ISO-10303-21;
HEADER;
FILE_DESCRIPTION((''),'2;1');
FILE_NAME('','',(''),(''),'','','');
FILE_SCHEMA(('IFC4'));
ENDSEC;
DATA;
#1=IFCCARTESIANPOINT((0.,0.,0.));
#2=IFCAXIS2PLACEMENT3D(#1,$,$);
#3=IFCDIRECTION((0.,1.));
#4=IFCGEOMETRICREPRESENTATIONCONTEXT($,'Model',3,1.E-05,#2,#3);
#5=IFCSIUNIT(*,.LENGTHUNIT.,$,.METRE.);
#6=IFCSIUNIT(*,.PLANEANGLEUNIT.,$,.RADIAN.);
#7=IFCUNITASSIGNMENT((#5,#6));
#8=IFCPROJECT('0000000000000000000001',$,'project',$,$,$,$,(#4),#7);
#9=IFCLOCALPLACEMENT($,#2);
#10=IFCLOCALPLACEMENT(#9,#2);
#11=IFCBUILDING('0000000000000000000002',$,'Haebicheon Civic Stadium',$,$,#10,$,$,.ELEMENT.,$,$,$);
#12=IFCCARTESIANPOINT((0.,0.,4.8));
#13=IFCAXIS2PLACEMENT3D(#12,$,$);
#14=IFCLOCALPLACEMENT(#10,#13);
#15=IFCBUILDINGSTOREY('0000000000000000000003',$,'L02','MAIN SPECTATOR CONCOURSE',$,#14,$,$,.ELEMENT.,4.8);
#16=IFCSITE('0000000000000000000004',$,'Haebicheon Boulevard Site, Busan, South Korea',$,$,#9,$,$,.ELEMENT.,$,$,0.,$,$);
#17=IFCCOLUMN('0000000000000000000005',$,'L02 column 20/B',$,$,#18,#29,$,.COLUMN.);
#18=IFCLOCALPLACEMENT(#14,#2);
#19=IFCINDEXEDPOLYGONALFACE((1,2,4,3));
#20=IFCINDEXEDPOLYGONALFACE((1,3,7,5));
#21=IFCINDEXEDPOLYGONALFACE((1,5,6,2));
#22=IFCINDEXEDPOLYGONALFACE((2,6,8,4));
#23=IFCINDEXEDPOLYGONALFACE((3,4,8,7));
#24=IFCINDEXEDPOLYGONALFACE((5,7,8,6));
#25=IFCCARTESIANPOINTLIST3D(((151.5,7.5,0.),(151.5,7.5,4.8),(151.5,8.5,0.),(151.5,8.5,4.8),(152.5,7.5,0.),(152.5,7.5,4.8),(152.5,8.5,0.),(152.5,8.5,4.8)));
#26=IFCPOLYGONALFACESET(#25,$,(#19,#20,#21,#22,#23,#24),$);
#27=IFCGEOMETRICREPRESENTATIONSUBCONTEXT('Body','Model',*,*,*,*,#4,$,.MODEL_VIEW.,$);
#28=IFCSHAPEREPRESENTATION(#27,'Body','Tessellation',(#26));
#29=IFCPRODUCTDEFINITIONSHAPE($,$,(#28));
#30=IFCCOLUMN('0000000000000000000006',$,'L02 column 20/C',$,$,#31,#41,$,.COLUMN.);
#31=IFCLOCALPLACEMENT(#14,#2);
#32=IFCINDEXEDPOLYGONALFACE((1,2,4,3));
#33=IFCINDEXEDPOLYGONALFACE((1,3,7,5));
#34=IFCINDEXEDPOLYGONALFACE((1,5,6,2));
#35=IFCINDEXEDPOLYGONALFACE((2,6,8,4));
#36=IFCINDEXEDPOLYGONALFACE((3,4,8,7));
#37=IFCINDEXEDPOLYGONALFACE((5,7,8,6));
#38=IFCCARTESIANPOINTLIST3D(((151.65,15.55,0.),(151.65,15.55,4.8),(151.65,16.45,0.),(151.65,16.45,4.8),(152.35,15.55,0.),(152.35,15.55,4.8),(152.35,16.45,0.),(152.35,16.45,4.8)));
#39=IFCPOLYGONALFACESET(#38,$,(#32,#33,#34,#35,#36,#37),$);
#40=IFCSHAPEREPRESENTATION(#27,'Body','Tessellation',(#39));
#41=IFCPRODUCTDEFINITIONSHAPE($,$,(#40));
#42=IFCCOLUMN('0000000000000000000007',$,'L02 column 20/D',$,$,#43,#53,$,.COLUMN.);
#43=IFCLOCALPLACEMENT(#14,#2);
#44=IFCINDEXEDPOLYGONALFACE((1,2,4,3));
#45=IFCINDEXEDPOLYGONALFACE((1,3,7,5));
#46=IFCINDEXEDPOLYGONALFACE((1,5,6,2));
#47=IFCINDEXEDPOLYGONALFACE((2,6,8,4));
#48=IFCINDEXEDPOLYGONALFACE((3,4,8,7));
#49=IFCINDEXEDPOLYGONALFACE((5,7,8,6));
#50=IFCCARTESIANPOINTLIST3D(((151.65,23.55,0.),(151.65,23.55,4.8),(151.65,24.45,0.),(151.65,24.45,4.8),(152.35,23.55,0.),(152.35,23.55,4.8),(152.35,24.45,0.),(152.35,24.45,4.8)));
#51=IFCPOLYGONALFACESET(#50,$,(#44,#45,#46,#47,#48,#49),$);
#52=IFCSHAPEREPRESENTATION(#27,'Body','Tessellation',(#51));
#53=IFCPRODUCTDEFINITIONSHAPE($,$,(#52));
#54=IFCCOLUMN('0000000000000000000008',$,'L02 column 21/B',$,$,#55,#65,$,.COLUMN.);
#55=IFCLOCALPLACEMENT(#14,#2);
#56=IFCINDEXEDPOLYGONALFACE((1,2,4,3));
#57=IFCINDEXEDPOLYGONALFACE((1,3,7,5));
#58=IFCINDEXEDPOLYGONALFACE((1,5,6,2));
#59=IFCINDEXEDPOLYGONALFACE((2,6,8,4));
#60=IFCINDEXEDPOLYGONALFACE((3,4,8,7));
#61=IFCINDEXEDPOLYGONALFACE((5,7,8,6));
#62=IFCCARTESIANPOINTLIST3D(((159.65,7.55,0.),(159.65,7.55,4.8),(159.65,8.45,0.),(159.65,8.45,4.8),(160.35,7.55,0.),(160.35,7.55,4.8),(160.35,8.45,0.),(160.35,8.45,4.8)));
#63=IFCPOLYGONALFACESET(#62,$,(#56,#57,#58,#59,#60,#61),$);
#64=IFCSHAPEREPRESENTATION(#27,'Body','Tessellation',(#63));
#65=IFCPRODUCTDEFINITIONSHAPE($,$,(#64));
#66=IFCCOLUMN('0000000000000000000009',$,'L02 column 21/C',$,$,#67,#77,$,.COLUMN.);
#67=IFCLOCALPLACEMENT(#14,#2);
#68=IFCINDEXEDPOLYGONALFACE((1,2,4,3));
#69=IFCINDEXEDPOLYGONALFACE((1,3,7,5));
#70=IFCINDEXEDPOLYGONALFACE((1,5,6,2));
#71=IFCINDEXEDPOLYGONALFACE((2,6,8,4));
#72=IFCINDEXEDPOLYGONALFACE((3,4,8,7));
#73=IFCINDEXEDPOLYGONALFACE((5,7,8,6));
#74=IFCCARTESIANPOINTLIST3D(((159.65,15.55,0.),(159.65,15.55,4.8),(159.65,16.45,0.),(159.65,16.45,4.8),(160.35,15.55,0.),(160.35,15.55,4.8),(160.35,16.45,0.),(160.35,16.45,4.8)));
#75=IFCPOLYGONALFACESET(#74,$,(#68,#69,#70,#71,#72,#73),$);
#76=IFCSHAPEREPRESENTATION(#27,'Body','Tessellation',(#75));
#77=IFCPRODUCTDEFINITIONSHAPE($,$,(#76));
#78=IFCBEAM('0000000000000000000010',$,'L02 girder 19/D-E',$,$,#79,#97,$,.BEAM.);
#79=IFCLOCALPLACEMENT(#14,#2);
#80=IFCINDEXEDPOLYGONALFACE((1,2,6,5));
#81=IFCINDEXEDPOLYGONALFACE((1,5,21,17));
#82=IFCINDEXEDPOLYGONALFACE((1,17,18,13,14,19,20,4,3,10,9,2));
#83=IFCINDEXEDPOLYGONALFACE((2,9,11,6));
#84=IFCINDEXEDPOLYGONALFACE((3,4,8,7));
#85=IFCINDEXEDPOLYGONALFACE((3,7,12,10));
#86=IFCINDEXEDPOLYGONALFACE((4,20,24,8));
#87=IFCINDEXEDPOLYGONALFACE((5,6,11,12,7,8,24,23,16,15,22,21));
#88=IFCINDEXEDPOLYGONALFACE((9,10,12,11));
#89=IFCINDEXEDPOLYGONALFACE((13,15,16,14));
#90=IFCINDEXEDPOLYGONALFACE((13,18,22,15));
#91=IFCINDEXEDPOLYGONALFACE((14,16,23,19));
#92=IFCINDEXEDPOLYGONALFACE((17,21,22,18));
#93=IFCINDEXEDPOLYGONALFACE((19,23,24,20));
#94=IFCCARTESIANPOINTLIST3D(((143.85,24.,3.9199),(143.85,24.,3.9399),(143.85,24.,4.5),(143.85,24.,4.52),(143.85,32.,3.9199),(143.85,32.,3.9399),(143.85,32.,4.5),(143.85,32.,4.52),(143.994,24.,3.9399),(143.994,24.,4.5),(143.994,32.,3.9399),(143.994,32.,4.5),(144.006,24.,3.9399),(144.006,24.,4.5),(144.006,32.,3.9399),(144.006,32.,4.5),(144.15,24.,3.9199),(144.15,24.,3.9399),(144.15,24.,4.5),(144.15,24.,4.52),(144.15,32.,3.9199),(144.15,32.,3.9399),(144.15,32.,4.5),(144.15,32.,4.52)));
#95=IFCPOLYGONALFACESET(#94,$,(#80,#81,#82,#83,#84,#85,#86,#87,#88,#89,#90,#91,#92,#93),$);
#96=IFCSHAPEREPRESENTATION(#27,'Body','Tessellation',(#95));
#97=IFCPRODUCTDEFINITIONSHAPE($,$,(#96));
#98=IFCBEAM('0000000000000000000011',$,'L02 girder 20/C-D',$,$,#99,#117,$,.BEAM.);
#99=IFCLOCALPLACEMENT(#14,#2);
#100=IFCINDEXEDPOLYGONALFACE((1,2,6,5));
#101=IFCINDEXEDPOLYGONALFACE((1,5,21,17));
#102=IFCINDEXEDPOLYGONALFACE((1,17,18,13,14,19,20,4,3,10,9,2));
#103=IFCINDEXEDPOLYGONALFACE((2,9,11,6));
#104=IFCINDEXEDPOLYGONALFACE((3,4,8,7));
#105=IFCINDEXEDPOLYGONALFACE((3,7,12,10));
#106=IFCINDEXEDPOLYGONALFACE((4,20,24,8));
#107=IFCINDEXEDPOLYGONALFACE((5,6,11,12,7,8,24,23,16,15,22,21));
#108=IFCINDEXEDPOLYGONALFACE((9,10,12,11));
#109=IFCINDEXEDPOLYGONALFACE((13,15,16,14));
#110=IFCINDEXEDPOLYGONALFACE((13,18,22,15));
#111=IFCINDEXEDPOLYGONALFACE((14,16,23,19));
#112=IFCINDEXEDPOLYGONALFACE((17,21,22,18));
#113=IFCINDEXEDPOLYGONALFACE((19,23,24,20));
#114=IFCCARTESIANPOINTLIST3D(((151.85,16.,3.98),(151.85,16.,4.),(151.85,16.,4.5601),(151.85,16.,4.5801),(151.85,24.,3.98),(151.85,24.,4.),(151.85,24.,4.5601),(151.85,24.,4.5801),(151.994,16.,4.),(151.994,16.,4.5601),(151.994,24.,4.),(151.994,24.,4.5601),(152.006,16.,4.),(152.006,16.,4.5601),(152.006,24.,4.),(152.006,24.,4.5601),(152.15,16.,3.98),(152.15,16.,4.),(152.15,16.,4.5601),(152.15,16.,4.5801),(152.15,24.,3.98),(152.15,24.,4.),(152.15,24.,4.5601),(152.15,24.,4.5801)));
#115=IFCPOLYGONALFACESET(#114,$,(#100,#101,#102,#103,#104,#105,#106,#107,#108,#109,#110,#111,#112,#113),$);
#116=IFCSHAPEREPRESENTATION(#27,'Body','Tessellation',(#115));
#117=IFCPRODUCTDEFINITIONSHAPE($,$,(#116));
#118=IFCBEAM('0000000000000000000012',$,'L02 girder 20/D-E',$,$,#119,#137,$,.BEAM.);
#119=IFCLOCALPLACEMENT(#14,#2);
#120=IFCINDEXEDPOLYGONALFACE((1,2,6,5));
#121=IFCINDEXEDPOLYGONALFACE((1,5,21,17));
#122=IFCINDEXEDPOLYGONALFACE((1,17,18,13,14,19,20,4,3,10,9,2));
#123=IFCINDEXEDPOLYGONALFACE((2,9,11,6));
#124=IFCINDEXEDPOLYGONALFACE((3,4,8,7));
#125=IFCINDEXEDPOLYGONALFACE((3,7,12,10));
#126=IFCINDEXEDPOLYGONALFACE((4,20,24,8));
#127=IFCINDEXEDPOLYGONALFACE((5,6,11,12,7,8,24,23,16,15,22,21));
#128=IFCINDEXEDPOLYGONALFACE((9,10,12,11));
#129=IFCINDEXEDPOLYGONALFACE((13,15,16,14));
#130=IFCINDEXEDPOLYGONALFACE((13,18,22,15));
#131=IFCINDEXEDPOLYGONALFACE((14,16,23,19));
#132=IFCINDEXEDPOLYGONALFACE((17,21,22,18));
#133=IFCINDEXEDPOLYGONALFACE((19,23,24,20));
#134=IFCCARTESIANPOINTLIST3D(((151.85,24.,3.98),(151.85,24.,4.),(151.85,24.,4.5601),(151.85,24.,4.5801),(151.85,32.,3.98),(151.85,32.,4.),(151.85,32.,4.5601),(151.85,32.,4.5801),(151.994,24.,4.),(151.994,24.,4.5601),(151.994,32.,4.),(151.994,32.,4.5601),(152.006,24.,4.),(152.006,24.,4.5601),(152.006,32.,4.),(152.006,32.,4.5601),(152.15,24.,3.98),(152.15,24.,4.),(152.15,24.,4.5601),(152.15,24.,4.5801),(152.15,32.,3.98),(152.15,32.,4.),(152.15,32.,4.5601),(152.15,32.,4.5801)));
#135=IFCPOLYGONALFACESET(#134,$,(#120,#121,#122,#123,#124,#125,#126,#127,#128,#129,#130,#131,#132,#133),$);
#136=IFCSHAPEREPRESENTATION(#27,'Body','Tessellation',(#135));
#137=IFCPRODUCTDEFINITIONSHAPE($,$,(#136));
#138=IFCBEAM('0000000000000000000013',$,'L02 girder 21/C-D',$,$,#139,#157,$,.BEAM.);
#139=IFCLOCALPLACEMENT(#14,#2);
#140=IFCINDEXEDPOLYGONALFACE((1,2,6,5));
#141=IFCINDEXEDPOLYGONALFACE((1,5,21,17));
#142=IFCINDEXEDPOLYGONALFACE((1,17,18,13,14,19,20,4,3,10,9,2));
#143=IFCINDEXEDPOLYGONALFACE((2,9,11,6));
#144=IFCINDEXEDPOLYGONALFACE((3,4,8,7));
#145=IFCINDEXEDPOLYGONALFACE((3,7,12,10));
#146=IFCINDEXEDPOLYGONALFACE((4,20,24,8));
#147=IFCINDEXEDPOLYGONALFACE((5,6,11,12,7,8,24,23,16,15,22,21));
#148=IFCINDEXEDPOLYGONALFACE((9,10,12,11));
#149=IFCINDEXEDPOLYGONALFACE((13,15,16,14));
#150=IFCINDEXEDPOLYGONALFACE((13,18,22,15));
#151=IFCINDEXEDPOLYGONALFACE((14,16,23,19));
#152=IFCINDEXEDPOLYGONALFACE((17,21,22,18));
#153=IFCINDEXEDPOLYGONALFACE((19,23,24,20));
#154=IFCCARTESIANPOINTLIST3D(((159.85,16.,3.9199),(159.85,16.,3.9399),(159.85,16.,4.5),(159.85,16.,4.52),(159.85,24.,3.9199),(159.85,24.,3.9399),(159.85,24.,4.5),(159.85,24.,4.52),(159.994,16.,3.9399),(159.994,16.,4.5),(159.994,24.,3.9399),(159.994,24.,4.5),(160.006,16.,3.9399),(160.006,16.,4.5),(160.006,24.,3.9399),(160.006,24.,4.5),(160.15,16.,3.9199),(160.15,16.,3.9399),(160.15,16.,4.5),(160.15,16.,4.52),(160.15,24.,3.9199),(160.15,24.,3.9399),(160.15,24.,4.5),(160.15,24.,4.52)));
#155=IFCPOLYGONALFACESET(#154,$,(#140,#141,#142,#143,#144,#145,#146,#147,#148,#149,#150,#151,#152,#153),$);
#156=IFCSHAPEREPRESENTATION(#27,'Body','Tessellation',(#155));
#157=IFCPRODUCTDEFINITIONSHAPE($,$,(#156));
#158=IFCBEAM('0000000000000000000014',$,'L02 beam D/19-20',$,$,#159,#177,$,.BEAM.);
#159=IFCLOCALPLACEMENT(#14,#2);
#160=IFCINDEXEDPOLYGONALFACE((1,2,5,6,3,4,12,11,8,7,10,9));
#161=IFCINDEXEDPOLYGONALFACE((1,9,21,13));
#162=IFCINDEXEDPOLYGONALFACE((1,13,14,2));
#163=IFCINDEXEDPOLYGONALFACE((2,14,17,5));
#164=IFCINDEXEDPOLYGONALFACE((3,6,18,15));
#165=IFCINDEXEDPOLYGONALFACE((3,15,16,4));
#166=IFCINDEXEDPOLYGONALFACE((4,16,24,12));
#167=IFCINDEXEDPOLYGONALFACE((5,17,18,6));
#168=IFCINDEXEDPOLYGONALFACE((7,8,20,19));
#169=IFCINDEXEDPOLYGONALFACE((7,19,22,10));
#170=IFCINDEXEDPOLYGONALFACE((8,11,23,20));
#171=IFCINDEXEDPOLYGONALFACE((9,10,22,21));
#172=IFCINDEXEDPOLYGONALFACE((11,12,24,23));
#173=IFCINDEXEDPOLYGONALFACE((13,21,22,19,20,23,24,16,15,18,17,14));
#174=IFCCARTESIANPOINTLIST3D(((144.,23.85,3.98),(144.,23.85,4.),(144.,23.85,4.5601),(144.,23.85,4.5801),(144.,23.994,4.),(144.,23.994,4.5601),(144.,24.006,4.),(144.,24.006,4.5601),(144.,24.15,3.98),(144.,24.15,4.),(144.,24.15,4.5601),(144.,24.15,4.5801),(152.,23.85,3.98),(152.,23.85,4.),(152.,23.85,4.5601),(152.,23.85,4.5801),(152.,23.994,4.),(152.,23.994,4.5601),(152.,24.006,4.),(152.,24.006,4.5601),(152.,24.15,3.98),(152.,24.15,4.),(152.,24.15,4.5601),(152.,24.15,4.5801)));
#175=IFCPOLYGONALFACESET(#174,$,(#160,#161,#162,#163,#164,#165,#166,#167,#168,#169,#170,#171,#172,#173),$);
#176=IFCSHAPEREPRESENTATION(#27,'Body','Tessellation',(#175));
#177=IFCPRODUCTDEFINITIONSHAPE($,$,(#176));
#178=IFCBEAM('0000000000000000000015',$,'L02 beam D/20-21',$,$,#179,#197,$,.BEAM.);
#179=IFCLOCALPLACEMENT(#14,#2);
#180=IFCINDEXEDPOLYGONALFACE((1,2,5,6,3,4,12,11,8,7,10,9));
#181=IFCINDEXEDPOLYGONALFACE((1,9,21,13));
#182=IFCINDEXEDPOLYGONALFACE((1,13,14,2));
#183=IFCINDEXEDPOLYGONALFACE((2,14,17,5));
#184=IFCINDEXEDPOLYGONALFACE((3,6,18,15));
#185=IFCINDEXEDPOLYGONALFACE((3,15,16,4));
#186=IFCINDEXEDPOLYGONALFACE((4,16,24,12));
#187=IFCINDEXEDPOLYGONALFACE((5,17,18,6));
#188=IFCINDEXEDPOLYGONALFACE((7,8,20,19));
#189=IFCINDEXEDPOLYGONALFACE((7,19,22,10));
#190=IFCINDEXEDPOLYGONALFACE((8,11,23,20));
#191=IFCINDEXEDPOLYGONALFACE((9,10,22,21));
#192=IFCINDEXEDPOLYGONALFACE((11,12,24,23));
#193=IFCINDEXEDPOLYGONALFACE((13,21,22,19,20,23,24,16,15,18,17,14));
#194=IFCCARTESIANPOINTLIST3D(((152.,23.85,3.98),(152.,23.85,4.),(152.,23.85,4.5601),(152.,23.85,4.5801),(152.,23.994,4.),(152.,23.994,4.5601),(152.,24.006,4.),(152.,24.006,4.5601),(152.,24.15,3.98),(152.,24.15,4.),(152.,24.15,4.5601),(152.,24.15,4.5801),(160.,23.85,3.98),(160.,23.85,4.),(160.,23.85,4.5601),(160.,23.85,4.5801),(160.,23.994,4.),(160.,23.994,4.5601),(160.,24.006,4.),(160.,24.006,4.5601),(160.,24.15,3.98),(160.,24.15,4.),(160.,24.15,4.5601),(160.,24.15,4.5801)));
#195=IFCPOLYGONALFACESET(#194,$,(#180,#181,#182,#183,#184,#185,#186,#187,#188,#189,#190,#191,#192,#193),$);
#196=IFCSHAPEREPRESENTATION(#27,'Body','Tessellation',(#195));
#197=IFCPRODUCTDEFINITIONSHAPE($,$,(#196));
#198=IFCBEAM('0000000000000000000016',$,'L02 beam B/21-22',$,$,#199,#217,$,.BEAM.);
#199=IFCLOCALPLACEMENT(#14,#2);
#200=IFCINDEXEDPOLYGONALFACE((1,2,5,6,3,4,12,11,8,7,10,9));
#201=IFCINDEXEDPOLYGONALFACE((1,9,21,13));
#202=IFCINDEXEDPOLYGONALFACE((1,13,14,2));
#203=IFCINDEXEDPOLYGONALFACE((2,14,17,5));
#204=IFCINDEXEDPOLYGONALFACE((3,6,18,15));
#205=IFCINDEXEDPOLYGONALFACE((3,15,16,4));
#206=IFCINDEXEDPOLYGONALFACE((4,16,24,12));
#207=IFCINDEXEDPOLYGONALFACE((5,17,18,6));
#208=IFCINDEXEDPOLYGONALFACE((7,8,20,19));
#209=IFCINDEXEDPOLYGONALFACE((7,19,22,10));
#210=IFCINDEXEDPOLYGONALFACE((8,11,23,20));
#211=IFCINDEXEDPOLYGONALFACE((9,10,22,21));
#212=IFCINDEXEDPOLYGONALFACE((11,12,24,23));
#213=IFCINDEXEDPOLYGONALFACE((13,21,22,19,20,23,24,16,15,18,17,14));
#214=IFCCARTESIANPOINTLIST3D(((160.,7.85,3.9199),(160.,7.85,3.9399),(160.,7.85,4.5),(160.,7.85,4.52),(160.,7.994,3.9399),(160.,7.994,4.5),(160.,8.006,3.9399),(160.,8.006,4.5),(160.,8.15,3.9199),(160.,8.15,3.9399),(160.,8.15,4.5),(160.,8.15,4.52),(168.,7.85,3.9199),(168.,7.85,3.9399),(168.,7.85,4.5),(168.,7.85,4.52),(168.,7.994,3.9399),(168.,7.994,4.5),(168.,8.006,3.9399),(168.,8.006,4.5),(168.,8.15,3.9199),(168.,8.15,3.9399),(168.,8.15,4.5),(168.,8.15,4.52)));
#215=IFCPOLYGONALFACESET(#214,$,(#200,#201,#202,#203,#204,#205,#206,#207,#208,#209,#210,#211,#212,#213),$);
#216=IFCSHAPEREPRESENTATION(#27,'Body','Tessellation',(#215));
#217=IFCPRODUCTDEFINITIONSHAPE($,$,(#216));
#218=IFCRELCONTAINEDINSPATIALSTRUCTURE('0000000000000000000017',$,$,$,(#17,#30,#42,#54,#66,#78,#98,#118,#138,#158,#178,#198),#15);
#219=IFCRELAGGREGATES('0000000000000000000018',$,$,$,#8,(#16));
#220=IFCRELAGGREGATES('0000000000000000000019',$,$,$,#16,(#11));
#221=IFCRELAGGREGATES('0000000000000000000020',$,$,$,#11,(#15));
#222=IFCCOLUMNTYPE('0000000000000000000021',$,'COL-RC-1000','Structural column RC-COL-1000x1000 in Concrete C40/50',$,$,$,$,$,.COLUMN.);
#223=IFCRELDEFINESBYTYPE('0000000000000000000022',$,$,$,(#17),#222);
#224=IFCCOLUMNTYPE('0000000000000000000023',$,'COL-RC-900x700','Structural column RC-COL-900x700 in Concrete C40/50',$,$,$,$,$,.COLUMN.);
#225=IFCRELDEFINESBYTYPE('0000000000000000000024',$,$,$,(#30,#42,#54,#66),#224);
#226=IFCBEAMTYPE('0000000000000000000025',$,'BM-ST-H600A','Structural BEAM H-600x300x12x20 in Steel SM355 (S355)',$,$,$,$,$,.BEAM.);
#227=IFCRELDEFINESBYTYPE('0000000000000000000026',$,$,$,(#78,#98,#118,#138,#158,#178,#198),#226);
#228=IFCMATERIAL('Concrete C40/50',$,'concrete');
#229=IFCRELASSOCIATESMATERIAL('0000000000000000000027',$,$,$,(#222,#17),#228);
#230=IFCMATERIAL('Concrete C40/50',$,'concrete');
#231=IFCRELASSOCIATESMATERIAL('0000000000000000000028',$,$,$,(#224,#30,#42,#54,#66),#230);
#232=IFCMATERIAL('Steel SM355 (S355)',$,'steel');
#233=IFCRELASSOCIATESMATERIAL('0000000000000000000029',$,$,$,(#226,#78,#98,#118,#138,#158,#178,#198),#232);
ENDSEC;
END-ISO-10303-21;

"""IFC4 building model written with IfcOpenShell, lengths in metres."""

from ifc_helpers import new_model, si_unit, direction, frame, origin, origin_2d, place, context, subcontext, project, spatial, rectangle, i_section, extrude, material, material_profile, profile_set, type_object, element, save


model = new_model("IFC4")

# Units and contexts
model_context = context("Model", 3, precision=1e-05, world=origin(), true_north=direction((0.0, 1.0)))
body_context = subcontext(model_context, "Body", "Model", "MODEL_VIEW")
ifc_project = project(units=[si_unit("LENGTHUNIT", "METRE"), si_unit("PLANEANGLEUNIT", "RADIAN")], contexts=[model_context])

# Site, building, storey
site_placement = place(None, origin())
site = spatial("IfcSite", under=ifc_project, at=site_placement, Name="Haebicheon Boulevard Site, Busan, South Korea", CompositionType="ELEMENT", RefElevation=0.0)
building_placement = place(site_placement, origin())
building = spatial("IfcBuilding", under=site, at=building_placement, Name="Haebicheon Civic Stadium", CompositionType="ELEMENT")
storey_placement = place(building_placement, frame((0.0, 0.0, 4.8)))
storey = spatial("IfcBuildingStorey", under=building, at=storey_placement, Name="L02", Description="MAIN SPECTATOR CONCOURSE", CompositionType="ELEMENT", Elevation=4.8)

# Columns
ifc_material_1 = material(Name="Concrete C40/50", Category="concrete")
ifc_material_profile_1 = material_profile(ifc_material_1, rectangle(XDim=1.0, YDim=1.0, at=origin_2d()), Name="RC-COL-1000x1000")
ifc_profile_set_1 = profile_set([ifc_material_profile_1], Name="Concrete C40/50")
column_type_1 = type_object("IfcColumnType", Name="COL-RC-1000", Description="Structural column RC-COL-1000x1000 in Concrete C40/50", PredefinedType="COLUMN", material=ifc_profile_set_1)
column_placement = place(storey_placement, frame((152.0, 8.0, 0.0), z_axis=(0.0, 0.0, 1.0), x_axis=(1.0, 0.0, 0.0)))
element("IfcColumn", 1, at=column_placement, inside=storey, type_object=column_type_1, material=ifc_profile_set_1, Name="L02 column 20/B", PredefinedType="COLUMN", context=body_context, shape_type="SweptSolid", body=[
    extrude(rectangle(XDim=1.0, YDim=1.0, at=origin_2d()), origin(), (0.0, 0.0, 1.0), 4.8),
])
ifc_material_2 = material(Name="Concrete C40/50", Category="concrete")
ifc_material_profile_2 = material_profile(ifc_material_2, rectangle(XDim=0.7, YDim=0.8999, at=origin_2d()), Name="RC-COL-900x700")
ifc_profile_set_2 = profile_set([ifc_material_profile_2], Name="Concrete C40/50")
column_type_2 = type_object("IfcColumnType", Name="COL-RC-900x700", Description="Structural column RC-COL-900x700 in Concrete C40/50", PredefinedType="COLUMN", material=ifc_profile_set_2)
for number, where, z_axis, x_axis, name in (
    (2, (152.0, 16.0, 0.0), (0.0, 0.0, 1.0), (1.0, 0.0, 0.0), "L02 column 20/C"),
    (3, (152.0, 24.0, 0.0), (0.0, 0.0, 1.0), (1.0, 0.0, 0.0), "L02 column 20/D"),
    (4, (160.0, 8.0, 0.0), (0.0, 0.0, 1.0), (1.0, 0.0, 0.0), "L02 column 21/B"),
    (5, (160.0, 16.0, 0.0), (0.0, 0.0, 1.0), (1.0, 0.0, 0.0), "L02 column 21/C"),
):
    element("IfcColumn", number, at=place(storey_placement, frame(where, z_axis=z_axis, x_axis=x_axis)), inside=storey, type_object=column_type_2, material=ifc_profile_set_2, Name=name, PredefinedType="COLUMN", context=body_context, shape_type="SweptSolid", body=[
        extrude(rectangle(XDim=0.7, YDim=0.8999, at=origin_2d()), origin(), (0.0, 0.0, 1.0), 4.8),
    ])

# Beams
ifc_material_3 = material(Name="Steel SM355 (S355)", Category="steel")
ifc_material_profile_3 = material_profile(ifc_material_3, i_section(OverallWidth=0.3, OverallDepth=0.6001, WebThickness=0.012, FlangeThickness=0.02, at=origin_2d()), Name="H-600x300x12x20")
ifc_profile_set_3 = profile_set([ifc_material_profile_3], Name="Steel SM355 (S355)")
beam_type_1 = type_object("IfcBeamType", Name="BM-ST-H600A", Description="Structural BEAM H-600x300x12x20 in Steel SM355 (S355)", PredefinedType="BEAM", material=ifc_profile_set_3)
for number, where, z_axis, x_axis, name in (
    (6, (144.0, 24.0, 4.22), (0.0, 1.0, 0.0), (-1.0, 0.0, 0.0), "L02 girder 19/D-E"),
    (7, (152.0, 16.0, 4.28), (0.0, 1.0, 0.0), (-1.0, 0.0, 0.0), "L02 girder 20/C-D"),
    (8, (152.0, 24.0, 4.28), (0.0, 1.0, 0.0), (-1.0, 0.0, 0.0), "L02 girder 20/D-E"),
    (9, (160.0, 16.0, 4.22), (0.0, 1.0, 0.0), (-1.0, 0.0, 0.0), "L02 girder 21/C-D"),
    (10, (144.0, 24.0, 4.28), (1.0, 0.0, 0.0), (0.0, 1.0, 0.0), "L02 beam D/19-20"),
    (11, (152.0, 24.0, 4.28), (1.0, 0.0, 0.0), (0.0, 1.0, 0.0), "L02 beam D/20-21"),
    (12, (160.0, 8.0, 4.22), (1.0, 0.0, 0.0), (0.0, 1.0, 0.0), "L02 beam B/21-22"),
):
    element("IfcBeam", number, at=place(storey_placement, frame(where, z_axis=z_axis, x_axis=x_axis)), inside=storey, type_object=beam_type_1, material=ifc_profile_set_3, Name=name, PredefinedType="BEAM", context=body_context, shape_type="SweptSolid", body=[
        extrude(i_section(OverallWidth=0.3, OverallDepth=0.6001, WebThickness=0.012, FlangeThickness=0.02, at=origin_2d()), origin(), (0.0, 0.0, 1.0), 8.0),
    ])

save(model, "model.ifc")
